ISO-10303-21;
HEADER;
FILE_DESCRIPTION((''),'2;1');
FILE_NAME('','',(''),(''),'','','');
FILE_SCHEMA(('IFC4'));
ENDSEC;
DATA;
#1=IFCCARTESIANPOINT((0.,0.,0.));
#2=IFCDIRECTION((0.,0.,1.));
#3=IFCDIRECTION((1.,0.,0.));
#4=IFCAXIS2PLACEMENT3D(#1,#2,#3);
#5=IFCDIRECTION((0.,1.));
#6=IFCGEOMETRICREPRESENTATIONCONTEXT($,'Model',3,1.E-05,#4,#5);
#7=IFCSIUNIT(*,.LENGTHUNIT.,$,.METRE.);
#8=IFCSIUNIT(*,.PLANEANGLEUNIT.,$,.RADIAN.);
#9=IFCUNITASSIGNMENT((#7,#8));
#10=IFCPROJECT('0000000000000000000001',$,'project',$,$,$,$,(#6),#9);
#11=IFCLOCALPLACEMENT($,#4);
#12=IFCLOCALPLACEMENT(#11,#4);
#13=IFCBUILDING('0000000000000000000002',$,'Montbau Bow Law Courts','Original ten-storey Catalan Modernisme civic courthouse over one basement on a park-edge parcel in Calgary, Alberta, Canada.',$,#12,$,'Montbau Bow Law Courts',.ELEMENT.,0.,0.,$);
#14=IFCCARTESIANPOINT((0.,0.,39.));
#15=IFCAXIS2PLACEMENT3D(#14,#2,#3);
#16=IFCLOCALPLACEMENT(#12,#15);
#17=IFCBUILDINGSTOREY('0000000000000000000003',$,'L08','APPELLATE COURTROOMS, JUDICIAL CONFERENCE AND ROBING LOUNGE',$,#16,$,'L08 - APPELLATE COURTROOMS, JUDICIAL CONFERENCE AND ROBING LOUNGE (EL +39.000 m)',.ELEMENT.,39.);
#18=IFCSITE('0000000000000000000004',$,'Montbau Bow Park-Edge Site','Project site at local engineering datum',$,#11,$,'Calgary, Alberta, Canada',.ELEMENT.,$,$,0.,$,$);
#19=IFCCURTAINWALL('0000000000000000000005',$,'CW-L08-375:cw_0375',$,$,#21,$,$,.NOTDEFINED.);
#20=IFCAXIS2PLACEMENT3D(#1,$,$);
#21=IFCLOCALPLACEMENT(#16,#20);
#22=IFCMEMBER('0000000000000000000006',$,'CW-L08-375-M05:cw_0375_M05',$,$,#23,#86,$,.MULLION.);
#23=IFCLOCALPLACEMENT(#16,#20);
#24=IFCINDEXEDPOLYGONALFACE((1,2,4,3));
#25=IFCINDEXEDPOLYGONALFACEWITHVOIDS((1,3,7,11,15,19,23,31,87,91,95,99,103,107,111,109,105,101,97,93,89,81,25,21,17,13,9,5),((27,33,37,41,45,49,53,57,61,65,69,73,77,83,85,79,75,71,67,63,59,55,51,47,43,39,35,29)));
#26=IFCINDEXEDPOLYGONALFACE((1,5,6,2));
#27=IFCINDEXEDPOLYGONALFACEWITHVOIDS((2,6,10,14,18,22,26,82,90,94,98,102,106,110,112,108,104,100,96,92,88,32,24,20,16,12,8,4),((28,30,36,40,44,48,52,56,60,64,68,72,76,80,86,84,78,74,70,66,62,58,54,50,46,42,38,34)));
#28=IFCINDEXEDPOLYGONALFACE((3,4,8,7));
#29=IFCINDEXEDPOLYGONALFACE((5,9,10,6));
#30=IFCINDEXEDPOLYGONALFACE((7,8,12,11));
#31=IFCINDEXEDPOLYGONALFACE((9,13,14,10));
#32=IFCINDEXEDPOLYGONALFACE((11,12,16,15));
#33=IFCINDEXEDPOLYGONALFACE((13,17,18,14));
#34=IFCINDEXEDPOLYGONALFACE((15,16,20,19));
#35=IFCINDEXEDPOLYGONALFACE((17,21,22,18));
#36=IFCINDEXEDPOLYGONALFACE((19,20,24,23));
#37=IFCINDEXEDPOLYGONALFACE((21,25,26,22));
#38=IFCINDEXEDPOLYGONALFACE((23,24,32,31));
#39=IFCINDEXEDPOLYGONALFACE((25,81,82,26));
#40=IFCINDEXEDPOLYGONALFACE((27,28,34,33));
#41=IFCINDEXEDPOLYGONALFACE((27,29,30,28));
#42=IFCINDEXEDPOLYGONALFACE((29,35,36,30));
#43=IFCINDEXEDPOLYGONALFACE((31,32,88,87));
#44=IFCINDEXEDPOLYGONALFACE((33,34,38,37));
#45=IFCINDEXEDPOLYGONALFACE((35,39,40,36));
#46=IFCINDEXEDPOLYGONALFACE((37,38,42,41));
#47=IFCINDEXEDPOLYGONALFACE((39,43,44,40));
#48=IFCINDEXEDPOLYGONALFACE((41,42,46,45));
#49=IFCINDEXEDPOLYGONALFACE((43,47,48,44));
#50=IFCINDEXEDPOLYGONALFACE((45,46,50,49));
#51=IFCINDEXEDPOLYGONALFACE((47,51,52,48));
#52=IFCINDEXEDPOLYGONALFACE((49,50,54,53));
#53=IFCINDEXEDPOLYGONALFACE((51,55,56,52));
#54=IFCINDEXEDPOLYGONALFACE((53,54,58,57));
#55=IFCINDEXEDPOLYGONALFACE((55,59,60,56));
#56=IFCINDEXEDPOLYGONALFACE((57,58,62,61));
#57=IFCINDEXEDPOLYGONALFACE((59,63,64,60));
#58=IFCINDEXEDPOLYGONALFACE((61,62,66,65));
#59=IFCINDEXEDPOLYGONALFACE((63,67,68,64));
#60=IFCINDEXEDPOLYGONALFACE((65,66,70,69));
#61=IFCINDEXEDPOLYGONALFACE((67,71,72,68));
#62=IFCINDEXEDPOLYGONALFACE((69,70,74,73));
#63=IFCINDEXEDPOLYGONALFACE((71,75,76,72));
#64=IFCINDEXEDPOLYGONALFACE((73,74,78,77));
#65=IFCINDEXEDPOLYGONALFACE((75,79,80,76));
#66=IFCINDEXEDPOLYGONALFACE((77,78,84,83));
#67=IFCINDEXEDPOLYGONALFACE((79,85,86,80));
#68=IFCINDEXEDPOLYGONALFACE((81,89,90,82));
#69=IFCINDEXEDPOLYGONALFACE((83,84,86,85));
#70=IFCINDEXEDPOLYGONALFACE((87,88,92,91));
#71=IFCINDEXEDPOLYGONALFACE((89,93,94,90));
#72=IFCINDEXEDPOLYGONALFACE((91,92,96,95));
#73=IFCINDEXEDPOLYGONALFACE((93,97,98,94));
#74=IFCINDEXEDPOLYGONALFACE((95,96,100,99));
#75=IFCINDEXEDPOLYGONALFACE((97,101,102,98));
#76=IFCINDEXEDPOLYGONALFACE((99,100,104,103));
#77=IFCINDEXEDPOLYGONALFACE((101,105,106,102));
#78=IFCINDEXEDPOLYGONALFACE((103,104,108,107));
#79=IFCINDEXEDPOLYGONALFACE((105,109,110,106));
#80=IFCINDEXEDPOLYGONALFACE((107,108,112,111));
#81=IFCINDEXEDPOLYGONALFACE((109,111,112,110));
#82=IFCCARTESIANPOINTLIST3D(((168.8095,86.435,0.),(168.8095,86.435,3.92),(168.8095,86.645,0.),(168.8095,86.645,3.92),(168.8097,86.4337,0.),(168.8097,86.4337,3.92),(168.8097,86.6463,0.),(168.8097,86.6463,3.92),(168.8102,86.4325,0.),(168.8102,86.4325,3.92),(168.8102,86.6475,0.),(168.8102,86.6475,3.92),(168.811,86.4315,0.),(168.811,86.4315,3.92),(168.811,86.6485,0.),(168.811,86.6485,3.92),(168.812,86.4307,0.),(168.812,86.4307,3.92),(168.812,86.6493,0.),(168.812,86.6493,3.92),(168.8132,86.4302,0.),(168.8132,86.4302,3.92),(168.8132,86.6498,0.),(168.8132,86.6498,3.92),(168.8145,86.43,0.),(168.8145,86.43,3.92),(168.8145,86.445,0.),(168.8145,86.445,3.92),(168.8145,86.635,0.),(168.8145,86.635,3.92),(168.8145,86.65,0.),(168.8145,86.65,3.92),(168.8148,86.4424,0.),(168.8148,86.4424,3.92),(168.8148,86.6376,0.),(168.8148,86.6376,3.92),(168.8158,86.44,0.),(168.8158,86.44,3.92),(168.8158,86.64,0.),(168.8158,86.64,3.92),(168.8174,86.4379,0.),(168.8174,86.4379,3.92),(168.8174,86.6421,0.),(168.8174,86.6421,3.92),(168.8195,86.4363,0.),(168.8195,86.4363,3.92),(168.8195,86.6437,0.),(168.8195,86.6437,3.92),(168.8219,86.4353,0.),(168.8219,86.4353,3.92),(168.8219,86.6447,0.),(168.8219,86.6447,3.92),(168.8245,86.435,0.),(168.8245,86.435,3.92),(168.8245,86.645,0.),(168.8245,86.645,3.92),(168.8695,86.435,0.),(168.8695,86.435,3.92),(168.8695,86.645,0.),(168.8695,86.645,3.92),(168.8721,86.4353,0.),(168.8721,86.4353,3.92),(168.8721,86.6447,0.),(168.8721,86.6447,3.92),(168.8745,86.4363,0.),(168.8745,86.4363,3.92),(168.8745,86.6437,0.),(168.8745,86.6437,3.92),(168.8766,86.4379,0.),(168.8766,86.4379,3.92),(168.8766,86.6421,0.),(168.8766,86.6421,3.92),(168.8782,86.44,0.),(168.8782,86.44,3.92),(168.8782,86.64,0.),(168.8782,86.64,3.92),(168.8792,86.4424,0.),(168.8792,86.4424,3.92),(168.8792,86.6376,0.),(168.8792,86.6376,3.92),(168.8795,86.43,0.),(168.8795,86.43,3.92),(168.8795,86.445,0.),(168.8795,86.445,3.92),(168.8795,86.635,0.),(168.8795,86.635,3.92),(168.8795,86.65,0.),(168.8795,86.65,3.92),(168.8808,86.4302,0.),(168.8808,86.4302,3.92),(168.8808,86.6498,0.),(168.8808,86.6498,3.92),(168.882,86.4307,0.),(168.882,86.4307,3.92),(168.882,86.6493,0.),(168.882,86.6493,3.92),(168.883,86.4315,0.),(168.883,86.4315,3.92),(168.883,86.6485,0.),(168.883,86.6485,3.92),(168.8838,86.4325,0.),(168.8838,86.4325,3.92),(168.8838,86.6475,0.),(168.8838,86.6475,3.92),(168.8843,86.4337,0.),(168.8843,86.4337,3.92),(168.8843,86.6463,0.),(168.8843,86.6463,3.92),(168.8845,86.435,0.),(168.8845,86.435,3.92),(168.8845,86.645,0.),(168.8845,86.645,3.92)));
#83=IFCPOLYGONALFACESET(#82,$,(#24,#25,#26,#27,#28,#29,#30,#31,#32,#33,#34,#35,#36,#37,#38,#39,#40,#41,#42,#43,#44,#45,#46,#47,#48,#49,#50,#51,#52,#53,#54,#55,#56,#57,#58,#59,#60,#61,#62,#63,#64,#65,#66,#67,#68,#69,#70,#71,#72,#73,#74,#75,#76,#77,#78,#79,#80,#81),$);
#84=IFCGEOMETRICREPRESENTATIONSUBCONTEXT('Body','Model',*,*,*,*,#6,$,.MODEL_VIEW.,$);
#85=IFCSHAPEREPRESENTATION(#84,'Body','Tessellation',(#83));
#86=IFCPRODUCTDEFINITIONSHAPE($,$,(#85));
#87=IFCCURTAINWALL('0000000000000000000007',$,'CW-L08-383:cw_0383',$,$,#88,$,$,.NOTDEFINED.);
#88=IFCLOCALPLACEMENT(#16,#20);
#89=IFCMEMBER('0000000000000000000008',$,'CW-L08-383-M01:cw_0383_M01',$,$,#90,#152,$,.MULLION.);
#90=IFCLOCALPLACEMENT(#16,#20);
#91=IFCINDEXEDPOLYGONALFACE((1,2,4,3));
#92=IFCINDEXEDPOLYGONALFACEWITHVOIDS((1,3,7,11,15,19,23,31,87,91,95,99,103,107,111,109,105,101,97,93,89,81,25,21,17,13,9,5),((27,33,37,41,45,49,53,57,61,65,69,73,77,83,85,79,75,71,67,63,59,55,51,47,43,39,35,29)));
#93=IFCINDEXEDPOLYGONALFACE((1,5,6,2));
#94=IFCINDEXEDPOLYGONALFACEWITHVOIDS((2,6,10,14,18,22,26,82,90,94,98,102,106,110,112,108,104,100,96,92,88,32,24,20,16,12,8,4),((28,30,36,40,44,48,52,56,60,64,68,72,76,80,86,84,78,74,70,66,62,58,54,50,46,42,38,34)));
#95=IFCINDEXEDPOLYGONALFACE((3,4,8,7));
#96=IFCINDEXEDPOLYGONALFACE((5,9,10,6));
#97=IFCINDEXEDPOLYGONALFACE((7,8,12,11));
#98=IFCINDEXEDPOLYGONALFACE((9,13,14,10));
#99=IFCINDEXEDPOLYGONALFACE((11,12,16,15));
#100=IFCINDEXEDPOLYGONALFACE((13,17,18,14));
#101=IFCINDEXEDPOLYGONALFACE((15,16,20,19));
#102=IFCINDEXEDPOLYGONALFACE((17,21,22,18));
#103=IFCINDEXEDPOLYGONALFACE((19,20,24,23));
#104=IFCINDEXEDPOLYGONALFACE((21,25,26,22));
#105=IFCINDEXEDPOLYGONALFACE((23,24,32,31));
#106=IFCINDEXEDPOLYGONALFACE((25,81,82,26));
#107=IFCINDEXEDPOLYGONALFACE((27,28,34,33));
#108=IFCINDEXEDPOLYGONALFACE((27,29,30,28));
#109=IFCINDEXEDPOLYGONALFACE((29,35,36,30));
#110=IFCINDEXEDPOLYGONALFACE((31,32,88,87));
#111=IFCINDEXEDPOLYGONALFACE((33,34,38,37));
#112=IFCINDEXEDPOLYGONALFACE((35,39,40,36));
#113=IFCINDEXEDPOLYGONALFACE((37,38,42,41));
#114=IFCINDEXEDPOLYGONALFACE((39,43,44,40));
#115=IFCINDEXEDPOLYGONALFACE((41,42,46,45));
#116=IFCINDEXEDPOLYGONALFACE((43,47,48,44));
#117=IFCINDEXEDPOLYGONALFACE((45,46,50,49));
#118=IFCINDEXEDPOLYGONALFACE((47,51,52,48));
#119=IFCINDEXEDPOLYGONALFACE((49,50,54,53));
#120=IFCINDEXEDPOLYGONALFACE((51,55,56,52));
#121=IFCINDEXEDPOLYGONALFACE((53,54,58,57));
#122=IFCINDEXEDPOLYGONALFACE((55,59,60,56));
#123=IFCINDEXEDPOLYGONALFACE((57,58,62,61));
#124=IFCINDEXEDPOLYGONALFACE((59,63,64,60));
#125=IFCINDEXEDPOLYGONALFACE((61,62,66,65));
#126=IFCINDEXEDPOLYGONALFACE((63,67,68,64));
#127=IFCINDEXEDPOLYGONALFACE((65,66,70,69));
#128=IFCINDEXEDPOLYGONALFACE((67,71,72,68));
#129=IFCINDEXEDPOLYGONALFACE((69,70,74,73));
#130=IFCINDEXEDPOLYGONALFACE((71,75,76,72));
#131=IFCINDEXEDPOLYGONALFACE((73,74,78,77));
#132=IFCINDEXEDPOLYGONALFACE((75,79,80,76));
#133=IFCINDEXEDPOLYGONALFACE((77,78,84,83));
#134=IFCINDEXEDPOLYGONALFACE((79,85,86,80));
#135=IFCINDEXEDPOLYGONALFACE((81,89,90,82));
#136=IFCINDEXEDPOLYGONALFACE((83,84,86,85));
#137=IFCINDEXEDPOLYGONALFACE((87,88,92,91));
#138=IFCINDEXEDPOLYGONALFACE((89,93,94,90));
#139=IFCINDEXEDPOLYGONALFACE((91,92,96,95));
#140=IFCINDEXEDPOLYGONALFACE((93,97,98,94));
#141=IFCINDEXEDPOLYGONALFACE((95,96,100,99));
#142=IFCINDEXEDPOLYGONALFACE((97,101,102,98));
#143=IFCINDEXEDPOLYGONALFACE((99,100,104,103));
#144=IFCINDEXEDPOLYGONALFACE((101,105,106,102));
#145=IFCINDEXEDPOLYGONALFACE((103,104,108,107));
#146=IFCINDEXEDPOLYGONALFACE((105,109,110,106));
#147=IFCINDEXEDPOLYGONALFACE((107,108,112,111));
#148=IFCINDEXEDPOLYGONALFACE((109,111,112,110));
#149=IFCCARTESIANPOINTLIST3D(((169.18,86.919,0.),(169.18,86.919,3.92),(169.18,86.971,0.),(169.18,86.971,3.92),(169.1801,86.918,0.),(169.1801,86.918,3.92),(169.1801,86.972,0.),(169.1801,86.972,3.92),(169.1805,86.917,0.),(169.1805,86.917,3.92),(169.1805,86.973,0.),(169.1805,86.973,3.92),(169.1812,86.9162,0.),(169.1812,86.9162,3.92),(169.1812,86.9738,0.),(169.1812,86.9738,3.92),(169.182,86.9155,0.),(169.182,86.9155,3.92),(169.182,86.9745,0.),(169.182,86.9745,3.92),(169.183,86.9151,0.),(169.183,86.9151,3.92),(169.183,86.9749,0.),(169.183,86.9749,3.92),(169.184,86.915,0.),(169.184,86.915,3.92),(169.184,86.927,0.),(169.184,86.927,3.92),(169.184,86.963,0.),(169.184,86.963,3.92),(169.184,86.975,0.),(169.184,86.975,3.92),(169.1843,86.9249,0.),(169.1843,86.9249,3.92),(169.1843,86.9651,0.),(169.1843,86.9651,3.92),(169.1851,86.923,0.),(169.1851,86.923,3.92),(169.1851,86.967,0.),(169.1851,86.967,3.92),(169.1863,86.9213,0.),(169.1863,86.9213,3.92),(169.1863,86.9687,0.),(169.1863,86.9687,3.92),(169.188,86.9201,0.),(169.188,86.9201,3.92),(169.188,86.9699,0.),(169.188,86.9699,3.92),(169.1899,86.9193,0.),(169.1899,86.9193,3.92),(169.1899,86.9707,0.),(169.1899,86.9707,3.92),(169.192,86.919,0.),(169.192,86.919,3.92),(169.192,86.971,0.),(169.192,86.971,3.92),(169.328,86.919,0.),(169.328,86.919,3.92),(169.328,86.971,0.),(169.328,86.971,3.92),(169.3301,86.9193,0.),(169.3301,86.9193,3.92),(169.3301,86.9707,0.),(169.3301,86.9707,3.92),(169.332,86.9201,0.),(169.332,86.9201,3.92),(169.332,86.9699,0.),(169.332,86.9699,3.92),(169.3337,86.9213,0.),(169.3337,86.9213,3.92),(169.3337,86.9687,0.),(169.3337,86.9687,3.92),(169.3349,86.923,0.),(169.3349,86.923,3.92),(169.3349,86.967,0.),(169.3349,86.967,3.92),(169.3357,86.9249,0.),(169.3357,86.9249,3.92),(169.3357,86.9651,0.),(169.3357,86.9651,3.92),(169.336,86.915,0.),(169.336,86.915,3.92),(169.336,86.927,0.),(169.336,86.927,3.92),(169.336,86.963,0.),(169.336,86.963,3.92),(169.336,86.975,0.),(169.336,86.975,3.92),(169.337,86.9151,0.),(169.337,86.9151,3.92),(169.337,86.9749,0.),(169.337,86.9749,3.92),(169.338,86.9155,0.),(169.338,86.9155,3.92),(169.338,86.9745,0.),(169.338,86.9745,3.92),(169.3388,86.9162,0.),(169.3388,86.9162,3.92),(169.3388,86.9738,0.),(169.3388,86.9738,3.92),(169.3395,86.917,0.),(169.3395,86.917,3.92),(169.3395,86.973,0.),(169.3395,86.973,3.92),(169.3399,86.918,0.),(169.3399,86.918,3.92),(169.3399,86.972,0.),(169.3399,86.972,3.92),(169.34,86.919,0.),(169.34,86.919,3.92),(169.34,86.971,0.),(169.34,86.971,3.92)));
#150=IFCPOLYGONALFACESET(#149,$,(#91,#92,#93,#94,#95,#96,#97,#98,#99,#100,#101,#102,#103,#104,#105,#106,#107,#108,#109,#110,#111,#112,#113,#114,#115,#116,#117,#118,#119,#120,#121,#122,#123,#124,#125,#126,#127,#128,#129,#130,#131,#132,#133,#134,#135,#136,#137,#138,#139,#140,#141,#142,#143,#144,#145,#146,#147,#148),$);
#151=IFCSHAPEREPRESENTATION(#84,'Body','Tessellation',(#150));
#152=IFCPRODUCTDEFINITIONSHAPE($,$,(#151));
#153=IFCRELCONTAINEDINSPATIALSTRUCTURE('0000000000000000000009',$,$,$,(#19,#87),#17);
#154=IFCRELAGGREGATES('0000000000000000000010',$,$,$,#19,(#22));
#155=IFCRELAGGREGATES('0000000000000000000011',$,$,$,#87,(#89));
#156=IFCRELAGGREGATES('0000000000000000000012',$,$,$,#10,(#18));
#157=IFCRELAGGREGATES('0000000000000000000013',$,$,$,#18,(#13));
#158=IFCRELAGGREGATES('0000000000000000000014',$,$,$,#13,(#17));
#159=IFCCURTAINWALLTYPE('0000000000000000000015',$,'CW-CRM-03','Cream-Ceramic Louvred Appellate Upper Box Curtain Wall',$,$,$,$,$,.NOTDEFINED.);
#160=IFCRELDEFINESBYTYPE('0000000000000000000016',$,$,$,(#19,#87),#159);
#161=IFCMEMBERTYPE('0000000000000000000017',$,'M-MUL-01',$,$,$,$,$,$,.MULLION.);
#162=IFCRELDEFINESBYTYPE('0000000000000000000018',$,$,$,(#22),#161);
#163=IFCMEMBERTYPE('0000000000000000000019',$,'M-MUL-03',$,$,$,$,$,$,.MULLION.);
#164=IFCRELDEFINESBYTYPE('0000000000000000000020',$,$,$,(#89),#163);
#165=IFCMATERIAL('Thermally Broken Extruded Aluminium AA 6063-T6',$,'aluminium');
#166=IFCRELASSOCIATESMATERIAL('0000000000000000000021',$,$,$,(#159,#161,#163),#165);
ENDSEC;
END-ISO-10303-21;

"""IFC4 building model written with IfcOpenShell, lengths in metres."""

from ifc_helpers import new_model, si_unit, direction, frame, origin_with_axes, origin_2d_with_axis, place, context, subcontext, project, spatial, hollow_rectangle, extrude, material, material_profile, profile_set, type_object, element, aggregate, save


model = new_model("IFC4")

# Units and contexts
model_context = context("Model", 3, precision=1e-05, world=origin_with_axes(), true_north=direction((0.0, 1.0)))
body_context = subcontext(model_context, "Body", "Model", "MODEL_VIEW")
ifc_project = project(units=[si_unit("LENGTHUNIT", "METRE"), si_unit("PLANEANGLEUNIT", "RADIAN")], contexts=[model_context])

# Site, building, storey
site_placement = place(None, origin_with_axes())
site = spatial("IfcSite", under=ifc_project, at=site_placement, Name="Montbau Bow Park-Edge Site", Description="Project site at local engineering datum", LongName="Calgary, Alberta, Canada", CompositionType="ELEMENT", RefElevation=0.0)
building_placement = place(site_placement, origin_with_axes())
building = spatial("IfcBuilding", under=site, at=building_placement, Name="Montbau Bow Law Courts", Description="Original ten-storey Catalan Modernisme civic courthouse over one basement on a park-edge parcel in Calgary, Alberta, Canada.", LongName="Montbau Bow Law Courts", CompositionType="ELEMENT", ElevationOfRefHeight=0.0, ElevationOfTerrain=0.0)
storey_placement = place(building_placement, frame((0.0, 0.0, 39.0), z_axis=(0.0, 0.0, 1.0), x_axis=(1.0, 0.0, 0.0)))
storey = spatial("IfcBuildingStorey", under=building, at=storey_placement, Name="L08", Description="APPELLATE COURTROOMS, JUDICIAL CONFERENCE AND ROBING LOUNGE", LongName="L08 - APPELLATE COURTROOMS, JUDICIAL CONFERENCE AND ROBING LOUNGE (EL +39.000 m)", CompositionType="ELEMENT", Elevation=39.0)

# Curtain walls, members
ifc_material_1 = material(Name="Thermally Broken Extruded Aluminium AA 6063-T6", Category="aluminium")
curtain_wall_type = type_object("IfcCurtainWallType", Name="CW-CRM-03", Description="Cream-Ceramic Louvred Appellate Upper Box Curtain Wall", PredefinedType="NOTDEFINED", material=ifc_material_1)
curtain_wall_1_placement = place(None, frame((162.868, 86.54, 39.0), z_axis=(0.0, 0.0, 1.0), x_axis=(1.0, 0.0, 0.0)))
curtain_wall_1 = element("IfcCurtainWall", 1, at=curtain_wall_1_placement, inside=storey, type_object=curtain_wall_type, Name="CW-L08-375:cw_0375", PredefinedType="NOTDEFINED")
ifc_material_profile_1 = material_profile(ifc_material_1, hollow_rectangle(XDim=0.075, YDim=0.22, WallThickness=0.005, InnerFilletRadius=0.01, OuterFilletRadius=0.005, at=origin_2d_with_axis()), Name="CWM-220X75", Category="Main", Priority=0)
ifc_profile_set_1 = profile_set([ifc_material_profile_1], Name="Thermally Broken Extruded Aluminium AA 6063-T6")
member_type_1 = type_object("IfcMemberType", Name="M-MUL-01", PredefinedType="MULLION", material=ifc_profile_set_1)
member_1_placement = place(None, frame((168.847, 86.54, 39.0), z_axis=(0.0, 0.0, 1.0), x_axis=(1.0, 0.0, 0.0)))
member_1 = element("IfcMember", 2, at=member_1_placement, type_object=member_type_1, Name="CW-L08-375-M05:cw_0375_M05", PredefinedType="MULLION", context=body_context, shape_type="SweptSolid", body=[
    extrude(hollow_rectangle(XDim=0.075, YDim=0.22, WallThickness=0.005, InnerFilletRadius=0.01, OuterFilletRadius=0.005, at=origin_2d_with_axis()), origin_with_axes(), (0.0, 0.0, 1.0), 3.92),
])
curtain_wall_2_placement = place(None, frame((169.26, 86.915, 39.0), z_axis=(0.0, 0.0, 1.0), x_axis=(1.0, 0.0, 0.0)))
curtain_wall_2 = element("IfcCurtainWall", 3, at=curtain_wall_2_placement, inside=storey, type_object=curtain_wall_type, Name="CW-L08-383:cw_0383", PredefinedType="NOTDEFINED")
ifc_material_profile_2 = material_profile(ifc_material_1, hollow_rectangle(XDim=0.06, YDim=0.16, WallThickness=0.004, InnerFilletRadius=0.008, OuterFilletRadius=0.004, at=origin_2d_with_axis()), Name="CWM-160X60", Category="Main", Priority=0)
ifc_profile_set_2 = profile_set([ifc_material_profile_2], Name="Thermally Broken Extruded Aluminium AA 6063-T6")
member_type_2 = type_object("IfcMemberType", Name="M-MUL-03", PredefinedType="MULLION", material=ifc_profile_set_2)
member_2_placement = place(None, frame((169.26, 86.945, 39.0), z_axis=(0.0, 0.0, 1.0), x_axis=(0.0, 1.0, 0.0)))
member_2 = element("IfcMember", 4, at=member_2_placement, type_object=member_type_2, Name="CW-L08-383-M01:cw_0383_M01", PredefinedType="MULLION", context=body_context, shape_type="SweptSolid", body=[
    extrude(hollow_rectangle(XDim=0.06, YDim=0.16, WallThickness=0.004, InnerFilletRadius=0.008, OuterFilletRadius=0.004, at=origin_2d_with_axis()), origin_with_axes(), (0.0, 0.0, 1.0), 3.92),
])

aggregate(curtain_wall_1, [member_1])
aggregate(curtain_wall_2, [member_2])

save(model, "model.ifc")
